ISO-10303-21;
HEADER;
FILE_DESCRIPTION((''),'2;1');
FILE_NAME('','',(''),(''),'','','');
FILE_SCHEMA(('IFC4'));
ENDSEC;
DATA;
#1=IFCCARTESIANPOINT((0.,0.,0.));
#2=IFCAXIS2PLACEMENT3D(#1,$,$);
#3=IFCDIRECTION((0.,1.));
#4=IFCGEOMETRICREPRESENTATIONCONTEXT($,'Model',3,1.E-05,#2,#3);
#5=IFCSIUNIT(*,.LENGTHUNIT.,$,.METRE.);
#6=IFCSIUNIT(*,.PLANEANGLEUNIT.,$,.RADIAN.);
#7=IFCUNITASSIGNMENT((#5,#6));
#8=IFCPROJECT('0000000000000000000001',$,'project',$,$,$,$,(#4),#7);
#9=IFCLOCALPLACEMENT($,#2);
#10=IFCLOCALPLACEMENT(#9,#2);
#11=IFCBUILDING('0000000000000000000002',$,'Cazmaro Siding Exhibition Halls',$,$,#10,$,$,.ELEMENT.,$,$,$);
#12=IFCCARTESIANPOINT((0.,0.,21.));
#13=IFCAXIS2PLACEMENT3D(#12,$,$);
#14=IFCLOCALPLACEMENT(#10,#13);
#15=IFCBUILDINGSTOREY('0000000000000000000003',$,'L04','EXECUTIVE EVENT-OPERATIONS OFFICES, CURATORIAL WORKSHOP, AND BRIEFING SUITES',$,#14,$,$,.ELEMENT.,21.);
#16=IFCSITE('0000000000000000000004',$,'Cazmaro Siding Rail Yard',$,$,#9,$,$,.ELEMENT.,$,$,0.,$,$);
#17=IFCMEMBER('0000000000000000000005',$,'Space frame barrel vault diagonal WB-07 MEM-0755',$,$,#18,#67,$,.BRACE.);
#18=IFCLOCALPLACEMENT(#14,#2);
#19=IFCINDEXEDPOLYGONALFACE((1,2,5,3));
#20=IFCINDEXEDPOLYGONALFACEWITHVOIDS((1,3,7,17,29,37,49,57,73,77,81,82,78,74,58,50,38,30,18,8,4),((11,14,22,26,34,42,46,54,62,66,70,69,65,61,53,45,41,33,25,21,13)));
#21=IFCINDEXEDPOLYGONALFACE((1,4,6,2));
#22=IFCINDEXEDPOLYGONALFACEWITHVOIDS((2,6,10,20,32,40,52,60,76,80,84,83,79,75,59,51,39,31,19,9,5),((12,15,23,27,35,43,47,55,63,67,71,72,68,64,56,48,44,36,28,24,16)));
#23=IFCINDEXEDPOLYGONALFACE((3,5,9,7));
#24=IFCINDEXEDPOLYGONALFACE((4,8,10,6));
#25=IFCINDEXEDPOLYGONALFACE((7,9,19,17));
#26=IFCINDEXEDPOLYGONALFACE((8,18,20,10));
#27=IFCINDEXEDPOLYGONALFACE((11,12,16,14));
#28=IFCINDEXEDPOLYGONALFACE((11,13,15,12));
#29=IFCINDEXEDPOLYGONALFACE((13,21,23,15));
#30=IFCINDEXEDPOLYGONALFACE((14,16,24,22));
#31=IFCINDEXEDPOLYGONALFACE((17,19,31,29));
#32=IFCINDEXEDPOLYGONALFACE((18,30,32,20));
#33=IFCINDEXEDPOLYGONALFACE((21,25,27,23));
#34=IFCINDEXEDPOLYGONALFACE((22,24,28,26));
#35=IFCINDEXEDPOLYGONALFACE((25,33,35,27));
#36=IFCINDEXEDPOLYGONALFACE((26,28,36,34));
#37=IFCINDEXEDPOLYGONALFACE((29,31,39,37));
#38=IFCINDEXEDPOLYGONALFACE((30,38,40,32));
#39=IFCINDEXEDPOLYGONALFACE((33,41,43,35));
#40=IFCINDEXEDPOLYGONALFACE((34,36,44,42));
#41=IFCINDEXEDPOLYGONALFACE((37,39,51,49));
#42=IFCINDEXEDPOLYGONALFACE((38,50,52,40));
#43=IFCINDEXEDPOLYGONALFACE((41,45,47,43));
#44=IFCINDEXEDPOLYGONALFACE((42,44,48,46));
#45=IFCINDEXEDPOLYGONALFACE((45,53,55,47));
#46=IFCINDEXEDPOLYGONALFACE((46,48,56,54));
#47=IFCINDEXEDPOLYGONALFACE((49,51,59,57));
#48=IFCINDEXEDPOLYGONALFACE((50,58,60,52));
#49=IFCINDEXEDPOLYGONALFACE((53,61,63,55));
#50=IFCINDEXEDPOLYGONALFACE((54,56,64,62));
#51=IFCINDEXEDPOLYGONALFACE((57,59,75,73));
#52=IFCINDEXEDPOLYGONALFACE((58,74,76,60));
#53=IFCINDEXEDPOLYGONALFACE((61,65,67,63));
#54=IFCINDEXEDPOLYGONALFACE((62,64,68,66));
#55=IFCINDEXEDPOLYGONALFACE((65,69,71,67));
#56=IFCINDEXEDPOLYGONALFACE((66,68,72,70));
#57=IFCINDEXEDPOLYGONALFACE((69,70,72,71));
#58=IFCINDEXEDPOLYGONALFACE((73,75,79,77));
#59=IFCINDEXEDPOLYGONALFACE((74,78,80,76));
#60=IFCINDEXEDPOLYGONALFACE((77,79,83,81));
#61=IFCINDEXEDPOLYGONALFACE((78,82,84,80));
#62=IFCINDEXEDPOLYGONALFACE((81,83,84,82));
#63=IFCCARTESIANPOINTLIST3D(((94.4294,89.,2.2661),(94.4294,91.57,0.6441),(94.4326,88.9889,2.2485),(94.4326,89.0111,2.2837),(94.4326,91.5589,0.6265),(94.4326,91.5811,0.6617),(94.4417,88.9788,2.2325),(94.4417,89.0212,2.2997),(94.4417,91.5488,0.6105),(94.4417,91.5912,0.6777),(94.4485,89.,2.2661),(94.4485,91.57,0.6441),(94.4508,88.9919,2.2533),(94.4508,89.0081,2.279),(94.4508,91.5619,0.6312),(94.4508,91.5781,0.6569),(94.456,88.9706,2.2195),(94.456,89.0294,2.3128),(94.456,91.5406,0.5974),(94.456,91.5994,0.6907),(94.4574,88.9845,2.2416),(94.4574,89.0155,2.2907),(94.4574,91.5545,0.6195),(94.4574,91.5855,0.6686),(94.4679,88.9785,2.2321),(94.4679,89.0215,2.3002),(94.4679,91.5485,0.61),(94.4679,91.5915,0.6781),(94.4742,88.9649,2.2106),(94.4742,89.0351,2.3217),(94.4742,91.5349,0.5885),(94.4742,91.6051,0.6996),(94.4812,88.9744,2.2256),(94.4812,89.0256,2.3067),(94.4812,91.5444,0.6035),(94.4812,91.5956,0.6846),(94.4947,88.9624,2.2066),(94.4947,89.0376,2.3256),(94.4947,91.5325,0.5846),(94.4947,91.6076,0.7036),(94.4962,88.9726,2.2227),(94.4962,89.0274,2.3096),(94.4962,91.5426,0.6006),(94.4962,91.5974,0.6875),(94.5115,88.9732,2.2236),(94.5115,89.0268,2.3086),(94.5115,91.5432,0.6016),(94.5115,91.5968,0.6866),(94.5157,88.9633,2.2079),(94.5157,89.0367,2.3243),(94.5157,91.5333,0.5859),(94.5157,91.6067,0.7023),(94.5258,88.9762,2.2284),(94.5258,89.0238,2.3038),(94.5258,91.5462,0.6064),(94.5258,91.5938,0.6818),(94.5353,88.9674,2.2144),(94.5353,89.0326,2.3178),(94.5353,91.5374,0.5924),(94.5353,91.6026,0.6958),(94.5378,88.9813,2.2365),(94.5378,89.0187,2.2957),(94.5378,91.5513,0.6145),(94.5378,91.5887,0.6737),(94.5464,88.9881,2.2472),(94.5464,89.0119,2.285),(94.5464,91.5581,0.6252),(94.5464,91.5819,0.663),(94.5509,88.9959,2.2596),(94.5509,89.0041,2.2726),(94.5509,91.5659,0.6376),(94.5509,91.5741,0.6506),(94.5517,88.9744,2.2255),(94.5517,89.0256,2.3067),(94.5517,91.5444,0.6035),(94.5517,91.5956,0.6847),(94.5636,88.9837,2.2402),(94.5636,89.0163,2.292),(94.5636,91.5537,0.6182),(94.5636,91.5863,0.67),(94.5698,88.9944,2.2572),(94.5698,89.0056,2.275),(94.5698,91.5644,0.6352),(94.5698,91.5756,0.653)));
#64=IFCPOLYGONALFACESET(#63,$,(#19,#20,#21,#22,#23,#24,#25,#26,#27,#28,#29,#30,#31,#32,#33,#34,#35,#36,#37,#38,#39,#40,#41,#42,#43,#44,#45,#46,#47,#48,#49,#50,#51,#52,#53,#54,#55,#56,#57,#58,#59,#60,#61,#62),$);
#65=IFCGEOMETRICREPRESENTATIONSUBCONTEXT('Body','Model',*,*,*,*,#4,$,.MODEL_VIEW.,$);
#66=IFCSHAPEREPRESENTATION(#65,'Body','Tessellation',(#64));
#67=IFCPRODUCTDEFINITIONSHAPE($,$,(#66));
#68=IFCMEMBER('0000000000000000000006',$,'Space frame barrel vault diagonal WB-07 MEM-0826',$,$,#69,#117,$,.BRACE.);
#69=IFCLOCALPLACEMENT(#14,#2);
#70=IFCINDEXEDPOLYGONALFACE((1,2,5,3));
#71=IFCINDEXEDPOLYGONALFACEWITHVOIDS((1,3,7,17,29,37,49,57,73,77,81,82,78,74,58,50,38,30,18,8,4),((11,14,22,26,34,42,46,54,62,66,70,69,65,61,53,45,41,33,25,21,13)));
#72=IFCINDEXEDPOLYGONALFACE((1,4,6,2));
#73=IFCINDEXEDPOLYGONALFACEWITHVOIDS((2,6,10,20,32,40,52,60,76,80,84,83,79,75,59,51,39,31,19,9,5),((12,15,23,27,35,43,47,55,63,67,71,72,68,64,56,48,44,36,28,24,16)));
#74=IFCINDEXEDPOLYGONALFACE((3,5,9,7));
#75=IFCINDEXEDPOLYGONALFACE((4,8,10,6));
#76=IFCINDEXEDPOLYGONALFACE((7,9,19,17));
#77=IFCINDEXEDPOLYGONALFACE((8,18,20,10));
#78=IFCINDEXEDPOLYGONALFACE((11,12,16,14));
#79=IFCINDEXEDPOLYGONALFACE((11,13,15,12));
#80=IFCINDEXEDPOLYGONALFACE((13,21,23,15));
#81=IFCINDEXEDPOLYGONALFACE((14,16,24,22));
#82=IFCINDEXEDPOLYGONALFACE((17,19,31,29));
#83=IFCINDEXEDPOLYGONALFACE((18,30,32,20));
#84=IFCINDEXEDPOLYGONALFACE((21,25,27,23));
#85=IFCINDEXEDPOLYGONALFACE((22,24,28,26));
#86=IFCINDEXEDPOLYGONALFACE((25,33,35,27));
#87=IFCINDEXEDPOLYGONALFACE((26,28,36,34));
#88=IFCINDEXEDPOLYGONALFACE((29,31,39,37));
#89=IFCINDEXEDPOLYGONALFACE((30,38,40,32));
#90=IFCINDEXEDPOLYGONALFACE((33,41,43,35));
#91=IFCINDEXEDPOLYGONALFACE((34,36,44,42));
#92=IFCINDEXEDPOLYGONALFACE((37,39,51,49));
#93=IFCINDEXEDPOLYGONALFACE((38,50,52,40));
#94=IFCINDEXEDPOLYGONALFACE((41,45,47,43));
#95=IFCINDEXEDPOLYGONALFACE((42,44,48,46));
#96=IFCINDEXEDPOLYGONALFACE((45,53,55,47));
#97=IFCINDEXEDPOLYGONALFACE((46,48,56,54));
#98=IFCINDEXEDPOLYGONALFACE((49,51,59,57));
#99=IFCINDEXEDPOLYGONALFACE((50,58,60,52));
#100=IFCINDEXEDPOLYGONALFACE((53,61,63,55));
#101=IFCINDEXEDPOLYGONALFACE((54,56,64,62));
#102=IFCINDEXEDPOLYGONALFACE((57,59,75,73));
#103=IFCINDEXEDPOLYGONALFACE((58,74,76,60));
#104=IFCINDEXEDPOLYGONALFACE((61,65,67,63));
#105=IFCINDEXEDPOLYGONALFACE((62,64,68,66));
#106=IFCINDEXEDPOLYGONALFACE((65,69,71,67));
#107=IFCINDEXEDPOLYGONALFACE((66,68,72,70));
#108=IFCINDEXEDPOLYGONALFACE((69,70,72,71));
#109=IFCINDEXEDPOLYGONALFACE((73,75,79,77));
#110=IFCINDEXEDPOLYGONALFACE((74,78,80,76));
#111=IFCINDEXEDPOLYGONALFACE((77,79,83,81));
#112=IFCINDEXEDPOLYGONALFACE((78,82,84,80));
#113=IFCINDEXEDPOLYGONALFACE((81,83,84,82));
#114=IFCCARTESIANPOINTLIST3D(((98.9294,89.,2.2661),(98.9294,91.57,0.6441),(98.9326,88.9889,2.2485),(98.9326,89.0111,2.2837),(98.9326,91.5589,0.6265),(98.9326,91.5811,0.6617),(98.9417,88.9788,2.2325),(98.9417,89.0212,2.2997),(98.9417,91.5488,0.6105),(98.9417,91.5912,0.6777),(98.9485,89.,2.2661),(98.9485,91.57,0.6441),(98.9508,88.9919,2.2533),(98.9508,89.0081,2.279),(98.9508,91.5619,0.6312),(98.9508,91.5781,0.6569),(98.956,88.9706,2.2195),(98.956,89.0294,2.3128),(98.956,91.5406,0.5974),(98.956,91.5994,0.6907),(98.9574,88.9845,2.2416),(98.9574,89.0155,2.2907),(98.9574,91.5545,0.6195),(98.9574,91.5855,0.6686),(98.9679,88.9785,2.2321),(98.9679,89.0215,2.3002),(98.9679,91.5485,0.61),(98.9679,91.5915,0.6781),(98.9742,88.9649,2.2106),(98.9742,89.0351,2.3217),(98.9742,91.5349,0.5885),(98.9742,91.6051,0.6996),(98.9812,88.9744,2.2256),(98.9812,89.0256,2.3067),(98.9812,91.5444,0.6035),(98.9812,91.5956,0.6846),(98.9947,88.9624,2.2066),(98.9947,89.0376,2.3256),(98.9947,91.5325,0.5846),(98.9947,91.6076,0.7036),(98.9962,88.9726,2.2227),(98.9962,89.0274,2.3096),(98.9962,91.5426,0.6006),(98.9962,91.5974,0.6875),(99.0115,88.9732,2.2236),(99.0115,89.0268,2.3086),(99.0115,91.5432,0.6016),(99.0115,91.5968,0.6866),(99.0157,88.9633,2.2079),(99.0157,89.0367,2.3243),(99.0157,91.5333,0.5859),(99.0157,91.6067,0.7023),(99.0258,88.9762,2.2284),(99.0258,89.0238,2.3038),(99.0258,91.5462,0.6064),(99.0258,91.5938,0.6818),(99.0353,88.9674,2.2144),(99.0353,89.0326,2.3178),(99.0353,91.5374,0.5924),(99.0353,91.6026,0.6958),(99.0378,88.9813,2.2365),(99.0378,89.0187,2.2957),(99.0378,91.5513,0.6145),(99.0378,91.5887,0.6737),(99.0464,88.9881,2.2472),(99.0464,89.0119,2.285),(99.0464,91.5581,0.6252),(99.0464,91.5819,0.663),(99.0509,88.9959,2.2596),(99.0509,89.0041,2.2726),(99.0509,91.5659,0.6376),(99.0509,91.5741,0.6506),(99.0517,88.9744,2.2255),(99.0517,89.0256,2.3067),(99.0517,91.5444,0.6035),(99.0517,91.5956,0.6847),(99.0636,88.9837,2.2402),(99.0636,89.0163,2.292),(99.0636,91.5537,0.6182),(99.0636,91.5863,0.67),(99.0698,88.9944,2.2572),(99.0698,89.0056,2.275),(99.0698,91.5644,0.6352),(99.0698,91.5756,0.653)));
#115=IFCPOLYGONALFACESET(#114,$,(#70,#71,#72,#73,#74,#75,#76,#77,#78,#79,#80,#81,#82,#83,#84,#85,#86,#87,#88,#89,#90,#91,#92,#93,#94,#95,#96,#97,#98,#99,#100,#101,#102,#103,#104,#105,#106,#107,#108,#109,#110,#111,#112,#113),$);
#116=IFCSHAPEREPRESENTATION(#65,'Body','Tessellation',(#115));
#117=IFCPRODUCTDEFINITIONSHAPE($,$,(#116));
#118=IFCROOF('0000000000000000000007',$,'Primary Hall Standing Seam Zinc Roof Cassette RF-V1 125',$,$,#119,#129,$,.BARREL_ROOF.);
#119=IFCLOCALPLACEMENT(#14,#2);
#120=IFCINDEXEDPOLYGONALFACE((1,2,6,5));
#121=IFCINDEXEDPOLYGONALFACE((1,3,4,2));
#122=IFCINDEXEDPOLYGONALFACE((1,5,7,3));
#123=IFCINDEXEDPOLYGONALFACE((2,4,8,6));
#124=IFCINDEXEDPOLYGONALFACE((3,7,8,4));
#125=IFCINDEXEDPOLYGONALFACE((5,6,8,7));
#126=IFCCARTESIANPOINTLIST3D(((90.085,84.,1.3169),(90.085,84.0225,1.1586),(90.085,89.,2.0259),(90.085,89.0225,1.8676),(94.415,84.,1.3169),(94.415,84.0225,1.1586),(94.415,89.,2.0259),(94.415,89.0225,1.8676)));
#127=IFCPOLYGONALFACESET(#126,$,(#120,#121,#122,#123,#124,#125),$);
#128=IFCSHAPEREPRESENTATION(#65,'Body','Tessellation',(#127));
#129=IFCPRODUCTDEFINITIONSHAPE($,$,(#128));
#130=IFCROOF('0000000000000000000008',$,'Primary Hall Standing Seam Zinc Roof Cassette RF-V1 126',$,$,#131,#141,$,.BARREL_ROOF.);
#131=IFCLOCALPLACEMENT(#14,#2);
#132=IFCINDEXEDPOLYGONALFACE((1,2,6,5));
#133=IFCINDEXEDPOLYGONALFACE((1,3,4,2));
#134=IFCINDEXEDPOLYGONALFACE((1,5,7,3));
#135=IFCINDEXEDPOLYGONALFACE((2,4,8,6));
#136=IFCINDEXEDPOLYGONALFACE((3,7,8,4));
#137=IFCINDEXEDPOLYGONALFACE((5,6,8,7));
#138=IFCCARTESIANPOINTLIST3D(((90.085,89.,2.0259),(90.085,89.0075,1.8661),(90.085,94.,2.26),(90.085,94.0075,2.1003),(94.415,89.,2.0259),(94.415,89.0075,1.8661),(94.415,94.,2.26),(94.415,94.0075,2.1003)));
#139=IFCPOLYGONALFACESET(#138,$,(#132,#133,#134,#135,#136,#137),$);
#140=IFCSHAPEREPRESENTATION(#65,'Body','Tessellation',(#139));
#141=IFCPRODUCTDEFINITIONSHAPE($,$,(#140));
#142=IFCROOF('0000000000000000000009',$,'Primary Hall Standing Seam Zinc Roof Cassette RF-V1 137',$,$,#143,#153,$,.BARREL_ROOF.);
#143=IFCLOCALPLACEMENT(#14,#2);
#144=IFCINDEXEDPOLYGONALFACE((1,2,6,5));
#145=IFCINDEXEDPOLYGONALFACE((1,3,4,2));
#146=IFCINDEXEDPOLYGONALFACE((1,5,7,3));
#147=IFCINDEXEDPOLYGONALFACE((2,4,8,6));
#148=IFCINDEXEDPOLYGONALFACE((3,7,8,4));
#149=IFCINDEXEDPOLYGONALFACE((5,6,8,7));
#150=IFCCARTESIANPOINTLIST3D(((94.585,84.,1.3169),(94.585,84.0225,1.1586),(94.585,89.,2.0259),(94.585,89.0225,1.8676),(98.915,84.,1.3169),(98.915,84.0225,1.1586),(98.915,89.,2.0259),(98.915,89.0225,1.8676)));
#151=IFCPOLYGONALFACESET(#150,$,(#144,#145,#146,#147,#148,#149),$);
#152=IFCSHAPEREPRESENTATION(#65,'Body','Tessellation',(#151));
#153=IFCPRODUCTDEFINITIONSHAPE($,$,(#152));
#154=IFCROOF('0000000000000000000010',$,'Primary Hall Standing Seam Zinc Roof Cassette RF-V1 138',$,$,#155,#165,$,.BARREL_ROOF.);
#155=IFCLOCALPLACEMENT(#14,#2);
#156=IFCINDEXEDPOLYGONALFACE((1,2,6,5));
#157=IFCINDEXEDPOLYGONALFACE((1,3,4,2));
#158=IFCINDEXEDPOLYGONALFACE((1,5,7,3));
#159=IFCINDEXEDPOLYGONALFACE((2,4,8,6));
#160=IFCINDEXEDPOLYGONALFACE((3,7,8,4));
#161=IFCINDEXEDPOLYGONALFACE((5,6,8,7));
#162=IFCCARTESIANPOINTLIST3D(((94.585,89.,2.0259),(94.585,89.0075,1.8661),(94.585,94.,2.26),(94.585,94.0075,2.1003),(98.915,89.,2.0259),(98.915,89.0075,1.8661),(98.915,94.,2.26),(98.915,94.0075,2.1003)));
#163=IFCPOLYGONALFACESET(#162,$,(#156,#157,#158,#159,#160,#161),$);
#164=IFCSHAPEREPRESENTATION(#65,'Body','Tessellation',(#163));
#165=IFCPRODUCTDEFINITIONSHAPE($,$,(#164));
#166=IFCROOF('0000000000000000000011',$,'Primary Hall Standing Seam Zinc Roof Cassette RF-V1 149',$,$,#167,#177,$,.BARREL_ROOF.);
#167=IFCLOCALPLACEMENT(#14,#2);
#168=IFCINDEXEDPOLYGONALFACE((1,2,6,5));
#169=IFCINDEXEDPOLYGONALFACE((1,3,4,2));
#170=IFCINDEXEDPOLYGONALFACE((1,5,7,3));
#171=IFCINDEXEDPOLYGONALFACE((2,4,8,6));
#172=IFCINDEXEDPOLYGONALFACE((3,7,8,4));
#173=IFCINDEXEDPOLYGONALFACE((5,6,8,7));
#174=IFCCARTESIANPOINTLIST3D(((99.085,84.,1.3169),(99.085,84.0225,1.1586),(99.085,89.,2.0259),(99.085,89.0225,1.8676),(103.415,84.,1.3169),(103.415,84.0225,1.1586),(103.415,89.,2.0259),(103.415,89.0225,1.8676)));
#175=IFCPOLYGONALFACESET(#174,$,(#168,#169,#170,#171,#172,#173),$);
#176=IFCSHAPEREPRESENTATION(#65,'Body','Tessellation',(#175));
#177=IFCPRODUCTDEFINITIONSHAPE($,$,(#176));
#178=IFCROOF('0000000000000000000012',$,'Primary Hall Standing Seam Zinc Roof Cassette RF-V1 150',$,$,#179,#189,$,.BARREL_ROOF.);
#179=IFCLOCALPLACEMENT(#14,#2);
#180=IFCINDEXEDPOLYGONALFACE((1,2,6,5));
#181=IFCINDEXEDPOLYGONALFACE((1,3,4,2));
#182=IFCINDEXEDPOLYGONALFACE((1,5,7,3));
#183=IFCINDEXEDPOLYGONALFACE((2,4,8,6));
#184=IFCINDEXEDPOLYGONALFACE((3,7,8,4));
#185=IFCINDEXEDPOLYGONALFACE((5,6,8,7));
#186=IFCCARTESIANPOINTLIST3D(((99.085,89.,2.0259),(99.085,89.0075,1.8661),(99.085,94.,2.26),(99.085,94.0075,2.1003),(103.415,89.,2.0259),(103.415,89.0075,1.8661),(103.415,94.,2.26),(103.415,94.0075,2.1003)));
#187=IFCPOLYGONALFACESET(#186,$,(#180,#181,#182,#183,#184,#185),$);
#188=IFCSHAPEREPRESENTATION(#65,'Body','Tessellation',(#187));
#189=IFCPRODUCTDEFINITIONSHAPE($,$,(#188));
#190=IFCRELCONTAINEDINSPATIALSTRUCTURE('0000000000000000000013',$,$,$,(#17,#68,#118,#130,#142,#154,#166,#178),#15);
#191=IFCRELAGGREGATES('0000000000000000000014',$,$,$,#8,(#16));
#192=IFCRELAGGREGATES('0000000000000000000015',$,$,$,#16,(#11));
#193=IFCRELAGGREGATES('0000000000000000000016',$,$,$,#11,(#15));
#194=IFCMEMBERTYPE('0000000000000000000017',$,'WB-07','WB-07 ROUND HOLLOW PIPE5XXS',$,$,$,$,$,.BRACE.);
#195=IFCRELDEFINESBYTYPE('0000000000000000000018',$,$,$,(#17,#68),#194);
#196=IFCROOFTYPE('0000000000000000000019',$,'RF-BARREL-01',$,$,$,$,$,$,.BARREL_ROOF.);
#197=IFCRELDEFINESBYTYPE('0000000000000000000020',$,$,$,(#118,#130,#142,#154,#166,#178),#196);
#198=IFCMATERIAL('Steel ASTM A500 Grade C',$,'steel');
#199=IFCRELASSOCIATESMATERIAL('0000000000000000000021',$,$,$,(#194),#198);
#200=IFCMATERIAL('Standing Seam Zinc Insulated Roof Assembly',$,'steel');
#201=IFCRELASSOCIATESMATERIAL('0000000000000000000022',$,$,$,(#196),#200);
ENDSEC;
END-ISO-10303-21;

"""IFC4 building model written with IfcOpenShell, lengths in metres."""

from ifc_helpers import new_model, si_unit, direction, frame, origin, origin_2d, place, context, subcontext, project, spatial, polyline, hollow_circle, outline, extrude, material, material_profile, profile_set, type_object, element, save


model = new_model("IFC4")

# Units and contexts
model_context = context("Model", 3, precision=1e-05, world=origin(), true_north=direction((0.0, 1.0)))
body_context = subcontext(model_context, "Body", "Model", "MODEL_VIEW")
ifc_project = project(units=[si_unit("LENGTHUNIT", "METRE"), si_unit("PLANEANGLEUNIT", "RADIAN")], contexts=[model_context])

# Site, building, storey
site_placement = place(None, origin())
site = spatial("IfcSite", under=ifc_project, at=site_placement, Name="Cazmaro Siding Rail Yard", CompositionType="ELEMENT", RefElevation=0.0)
building_placement = place(site_placement, origin())
building = spatial("IfcBuilding", under=site, at=building_placement, Name="Cazmaro Siding Exhibition Halls", CompositionType="ELEMENT")
storey_placement = place(building_placement, frame((0.0, 0.0, 21.0)))
storey = spatial("IfcBuildingStorey", under=building, at=storey_placement, Name="L04", Description="EXECUTIVE EVENT-OPERATIONS OFFICES, CURATORIAL WORKSHOP, AND BRIEFING SUITES", CompositionType="ELEMENT", Elevation=21.0)

# Members
ifc_material_1 = material(Name="Steel ASTM A500 Grade C", Category="steel")
ifc_material_profile_1 = material_profile(ifc_material_1, hollow_circle(Radius=0.0706, WallThickness=0.019, at=origin_2d()), Name="PIPE5XXS")
ifc_profile_set_1 = profile_set([ifc_material_profile_1], Name="Steel ASTM A500 Grade C")
member_type_1 = type_object("IfcMemberType", Name="WB-07", Description="WB-07 ROUND HOLLOW PIPE5XXS", PredefinedType="BRACE", material=ifc_profile_set_1)
for number, where, z_axis, x_axis, name in (
    (1, (94.5, 89.0, 2.2661), (0.0, 0.845657, -0.533727), (-1.0, 0.0, 0.0), "Space frame barrel vault diagonal WB-07 MEM-0755"),
    (2, (99.0, 89.0, 2.2661), (0.0, 0.845657, -0.533727), (-1.0, 0.0, 0.0), "Space frame barrel vault diagonal WB-07 MEM-0826"),
):
    element("IfcMember", number, at=place(storey_placement, frame(where, z_axis=z_axis, x_axis=x_axis)), inside=storey, type_object=member_type_1, Name=name, PredefinedType="BRACE", context=body_context, shape_type="SweptSolid", body=[
        extrude(hollow_circle(Radius=0.0706, WallThickness=0.019, at=origin_2d()), origin(), (0.0, 0.0, 1.0), 3.0391),
    ])

# Roofs
ifc_material_2 = material(Name="Standing Seam Zinc Insulated Roof Assembly", Category="steel")
roof_type = type_object("IfcRoofType", Name="RF-BARREL-01", PredefinedType="BARREL_ROOF", material=ifc_material_2)
roof_1_placement = place(storey_placement, frame((90.085, 84.0, 1.3169), z_axis=(0.0, -0.140393, 0.990096), x_axis=(1.0, 0.0, 0.0)))
element("IfcRoof", 3, at=roof_1_placement, inside=storey, type_object=roof_type, Name="Primary Hall Standing Seam Zinc Roof Cassette RF-V1 125", PredefinedType="BARREL_ROOF", context=body_context, shape_type="SweptSolid", body=[
    extrude(outline(polyline([(0.0, 0.0), (4.3301, 0.0), (4.3301, 5.05), (0.0, 5.05), (0.0, 0.0)])), origin(), (0.0, 0.0, -1.0), 0.1599),
])
roof_2_placement = place(storey_placement, frame((90.085, 89.0, 2.0259), z_axis=(0.0, -0.046775, 0.998905), x_axis=(1.0, 0.0, 0.0)))
element("IfcRoof", 4, at=roof_2_placement, inside=storey, type_object=roof_type, Name="Primary Hall Standing Seam Zinc Roof Cassette RF-V1 126", PredefinedType="BARREL_ROOF", context=body_context, shape_type="SweptSolid", body=[
    extrude(outline(polyline([(0.0, 0.0), (4.3301, 0.0), (4.3301, 5.0055), (0.0, 5.0055), (0.0, 0.0)])), origin(), (0.0, 0.0, -1.0), 0.1599),
])
roof_3_placement = place(storey_placement, frame((94.585, 84.0, 1.3169), z_axis=(0.0, -0.140393, 0.990096), x_axis=(1.0, 0.0, 0.0)))
element("IfcRoof", 5, at=roof_3_placement, inside=storey, type_object=roof_type, Name="Primary Hall Standing Seam Zinc Roof Cassette RF-V1 137", PredefinedType="BARREL_ROOF", context=body_context, shape_type="SweptSolid", body=[
    extrude(outline(polyline([(0.0, 0.0), (4.3301, 0.0), (4.3301, 5.05), (0.0, 5.05), (0.0, 0.0)])), origin(), (0.0, 0.0, -1.0), 0.1599),
])
roof_4_placement = place(storey_placement, frame((94.585, 89.0, 2.0259), z_axis=(0.0, -0.046775, 0.998905), x_axis=(1.0, 0.0, 0.0)))
element("IfcRoof", 6, at=roof_4_placement, inside=storey, type_object=roof_type, Name="Primary Hall Standing Seam Zinc Roof Cassette RF-V1 138", PredefinedType="BARREL_ROOF", context=body_context, shape_type="SweptSolid", body=[
    extrude(outline(polyline([(0.0, 0.0), (4.3301, 0.0), (4.3301, 5.0055), (0.0, 5.0055), (0.0, 0.0)])), origin(), (0.0, 0.0, -1.0), 0.1599),
])
roof_5_placement = place(storey_placement, frame((99.085, 84.0, 1.3169), z_axis=(0.0, -0.140393, 0.990096), x_axis=(1.0, 0.0, 0.0)))
element("IfcRoof", 7, at=roof_5_placement, inside=storey, type_object=roof_type, Name="Primary Hall Standing Seam Zinc Roof Cassette RF-V1 149", PredefinedType="BARREL_ROOF", context=body_context, shape_type="SweptSolid", body=[
    extrude(outline(polyline([(0.0, 0.0), (4.3301, 0.0), (4.3301, 5.05), (0.0, 5.05), (0.0, 0.0)])), origin(), (0.0, 0.0, -1.0), 0.1599),
])
roof_6_placement = place(storey_placement, frame((99.085, 89.0, 2.0259), z_axis=(0.0, -0.046775, 0.998905), x_axis=(1.0, 0.0, 0.0)))
element("IfcRoof", 8, at=roof_6_placement, inside=storey, type_object=roof_type, Name="Primary Hall Standing Seam Zinc Roof Cassette RF-V1 150", PredefinedType="BARREL_ROOF", context=body_context, shape_type="SweptSolid", body=[
    extrude(outline(polyline([(0.0, 0.0), (4.3301, 0.0), (4.3301, 5.0055), (0.0, 5.0055), (0.0, 0.0)])), origin(), (0.0, 0.0, -1.0), 0.1599),
])

save(model, "model.ifc")
